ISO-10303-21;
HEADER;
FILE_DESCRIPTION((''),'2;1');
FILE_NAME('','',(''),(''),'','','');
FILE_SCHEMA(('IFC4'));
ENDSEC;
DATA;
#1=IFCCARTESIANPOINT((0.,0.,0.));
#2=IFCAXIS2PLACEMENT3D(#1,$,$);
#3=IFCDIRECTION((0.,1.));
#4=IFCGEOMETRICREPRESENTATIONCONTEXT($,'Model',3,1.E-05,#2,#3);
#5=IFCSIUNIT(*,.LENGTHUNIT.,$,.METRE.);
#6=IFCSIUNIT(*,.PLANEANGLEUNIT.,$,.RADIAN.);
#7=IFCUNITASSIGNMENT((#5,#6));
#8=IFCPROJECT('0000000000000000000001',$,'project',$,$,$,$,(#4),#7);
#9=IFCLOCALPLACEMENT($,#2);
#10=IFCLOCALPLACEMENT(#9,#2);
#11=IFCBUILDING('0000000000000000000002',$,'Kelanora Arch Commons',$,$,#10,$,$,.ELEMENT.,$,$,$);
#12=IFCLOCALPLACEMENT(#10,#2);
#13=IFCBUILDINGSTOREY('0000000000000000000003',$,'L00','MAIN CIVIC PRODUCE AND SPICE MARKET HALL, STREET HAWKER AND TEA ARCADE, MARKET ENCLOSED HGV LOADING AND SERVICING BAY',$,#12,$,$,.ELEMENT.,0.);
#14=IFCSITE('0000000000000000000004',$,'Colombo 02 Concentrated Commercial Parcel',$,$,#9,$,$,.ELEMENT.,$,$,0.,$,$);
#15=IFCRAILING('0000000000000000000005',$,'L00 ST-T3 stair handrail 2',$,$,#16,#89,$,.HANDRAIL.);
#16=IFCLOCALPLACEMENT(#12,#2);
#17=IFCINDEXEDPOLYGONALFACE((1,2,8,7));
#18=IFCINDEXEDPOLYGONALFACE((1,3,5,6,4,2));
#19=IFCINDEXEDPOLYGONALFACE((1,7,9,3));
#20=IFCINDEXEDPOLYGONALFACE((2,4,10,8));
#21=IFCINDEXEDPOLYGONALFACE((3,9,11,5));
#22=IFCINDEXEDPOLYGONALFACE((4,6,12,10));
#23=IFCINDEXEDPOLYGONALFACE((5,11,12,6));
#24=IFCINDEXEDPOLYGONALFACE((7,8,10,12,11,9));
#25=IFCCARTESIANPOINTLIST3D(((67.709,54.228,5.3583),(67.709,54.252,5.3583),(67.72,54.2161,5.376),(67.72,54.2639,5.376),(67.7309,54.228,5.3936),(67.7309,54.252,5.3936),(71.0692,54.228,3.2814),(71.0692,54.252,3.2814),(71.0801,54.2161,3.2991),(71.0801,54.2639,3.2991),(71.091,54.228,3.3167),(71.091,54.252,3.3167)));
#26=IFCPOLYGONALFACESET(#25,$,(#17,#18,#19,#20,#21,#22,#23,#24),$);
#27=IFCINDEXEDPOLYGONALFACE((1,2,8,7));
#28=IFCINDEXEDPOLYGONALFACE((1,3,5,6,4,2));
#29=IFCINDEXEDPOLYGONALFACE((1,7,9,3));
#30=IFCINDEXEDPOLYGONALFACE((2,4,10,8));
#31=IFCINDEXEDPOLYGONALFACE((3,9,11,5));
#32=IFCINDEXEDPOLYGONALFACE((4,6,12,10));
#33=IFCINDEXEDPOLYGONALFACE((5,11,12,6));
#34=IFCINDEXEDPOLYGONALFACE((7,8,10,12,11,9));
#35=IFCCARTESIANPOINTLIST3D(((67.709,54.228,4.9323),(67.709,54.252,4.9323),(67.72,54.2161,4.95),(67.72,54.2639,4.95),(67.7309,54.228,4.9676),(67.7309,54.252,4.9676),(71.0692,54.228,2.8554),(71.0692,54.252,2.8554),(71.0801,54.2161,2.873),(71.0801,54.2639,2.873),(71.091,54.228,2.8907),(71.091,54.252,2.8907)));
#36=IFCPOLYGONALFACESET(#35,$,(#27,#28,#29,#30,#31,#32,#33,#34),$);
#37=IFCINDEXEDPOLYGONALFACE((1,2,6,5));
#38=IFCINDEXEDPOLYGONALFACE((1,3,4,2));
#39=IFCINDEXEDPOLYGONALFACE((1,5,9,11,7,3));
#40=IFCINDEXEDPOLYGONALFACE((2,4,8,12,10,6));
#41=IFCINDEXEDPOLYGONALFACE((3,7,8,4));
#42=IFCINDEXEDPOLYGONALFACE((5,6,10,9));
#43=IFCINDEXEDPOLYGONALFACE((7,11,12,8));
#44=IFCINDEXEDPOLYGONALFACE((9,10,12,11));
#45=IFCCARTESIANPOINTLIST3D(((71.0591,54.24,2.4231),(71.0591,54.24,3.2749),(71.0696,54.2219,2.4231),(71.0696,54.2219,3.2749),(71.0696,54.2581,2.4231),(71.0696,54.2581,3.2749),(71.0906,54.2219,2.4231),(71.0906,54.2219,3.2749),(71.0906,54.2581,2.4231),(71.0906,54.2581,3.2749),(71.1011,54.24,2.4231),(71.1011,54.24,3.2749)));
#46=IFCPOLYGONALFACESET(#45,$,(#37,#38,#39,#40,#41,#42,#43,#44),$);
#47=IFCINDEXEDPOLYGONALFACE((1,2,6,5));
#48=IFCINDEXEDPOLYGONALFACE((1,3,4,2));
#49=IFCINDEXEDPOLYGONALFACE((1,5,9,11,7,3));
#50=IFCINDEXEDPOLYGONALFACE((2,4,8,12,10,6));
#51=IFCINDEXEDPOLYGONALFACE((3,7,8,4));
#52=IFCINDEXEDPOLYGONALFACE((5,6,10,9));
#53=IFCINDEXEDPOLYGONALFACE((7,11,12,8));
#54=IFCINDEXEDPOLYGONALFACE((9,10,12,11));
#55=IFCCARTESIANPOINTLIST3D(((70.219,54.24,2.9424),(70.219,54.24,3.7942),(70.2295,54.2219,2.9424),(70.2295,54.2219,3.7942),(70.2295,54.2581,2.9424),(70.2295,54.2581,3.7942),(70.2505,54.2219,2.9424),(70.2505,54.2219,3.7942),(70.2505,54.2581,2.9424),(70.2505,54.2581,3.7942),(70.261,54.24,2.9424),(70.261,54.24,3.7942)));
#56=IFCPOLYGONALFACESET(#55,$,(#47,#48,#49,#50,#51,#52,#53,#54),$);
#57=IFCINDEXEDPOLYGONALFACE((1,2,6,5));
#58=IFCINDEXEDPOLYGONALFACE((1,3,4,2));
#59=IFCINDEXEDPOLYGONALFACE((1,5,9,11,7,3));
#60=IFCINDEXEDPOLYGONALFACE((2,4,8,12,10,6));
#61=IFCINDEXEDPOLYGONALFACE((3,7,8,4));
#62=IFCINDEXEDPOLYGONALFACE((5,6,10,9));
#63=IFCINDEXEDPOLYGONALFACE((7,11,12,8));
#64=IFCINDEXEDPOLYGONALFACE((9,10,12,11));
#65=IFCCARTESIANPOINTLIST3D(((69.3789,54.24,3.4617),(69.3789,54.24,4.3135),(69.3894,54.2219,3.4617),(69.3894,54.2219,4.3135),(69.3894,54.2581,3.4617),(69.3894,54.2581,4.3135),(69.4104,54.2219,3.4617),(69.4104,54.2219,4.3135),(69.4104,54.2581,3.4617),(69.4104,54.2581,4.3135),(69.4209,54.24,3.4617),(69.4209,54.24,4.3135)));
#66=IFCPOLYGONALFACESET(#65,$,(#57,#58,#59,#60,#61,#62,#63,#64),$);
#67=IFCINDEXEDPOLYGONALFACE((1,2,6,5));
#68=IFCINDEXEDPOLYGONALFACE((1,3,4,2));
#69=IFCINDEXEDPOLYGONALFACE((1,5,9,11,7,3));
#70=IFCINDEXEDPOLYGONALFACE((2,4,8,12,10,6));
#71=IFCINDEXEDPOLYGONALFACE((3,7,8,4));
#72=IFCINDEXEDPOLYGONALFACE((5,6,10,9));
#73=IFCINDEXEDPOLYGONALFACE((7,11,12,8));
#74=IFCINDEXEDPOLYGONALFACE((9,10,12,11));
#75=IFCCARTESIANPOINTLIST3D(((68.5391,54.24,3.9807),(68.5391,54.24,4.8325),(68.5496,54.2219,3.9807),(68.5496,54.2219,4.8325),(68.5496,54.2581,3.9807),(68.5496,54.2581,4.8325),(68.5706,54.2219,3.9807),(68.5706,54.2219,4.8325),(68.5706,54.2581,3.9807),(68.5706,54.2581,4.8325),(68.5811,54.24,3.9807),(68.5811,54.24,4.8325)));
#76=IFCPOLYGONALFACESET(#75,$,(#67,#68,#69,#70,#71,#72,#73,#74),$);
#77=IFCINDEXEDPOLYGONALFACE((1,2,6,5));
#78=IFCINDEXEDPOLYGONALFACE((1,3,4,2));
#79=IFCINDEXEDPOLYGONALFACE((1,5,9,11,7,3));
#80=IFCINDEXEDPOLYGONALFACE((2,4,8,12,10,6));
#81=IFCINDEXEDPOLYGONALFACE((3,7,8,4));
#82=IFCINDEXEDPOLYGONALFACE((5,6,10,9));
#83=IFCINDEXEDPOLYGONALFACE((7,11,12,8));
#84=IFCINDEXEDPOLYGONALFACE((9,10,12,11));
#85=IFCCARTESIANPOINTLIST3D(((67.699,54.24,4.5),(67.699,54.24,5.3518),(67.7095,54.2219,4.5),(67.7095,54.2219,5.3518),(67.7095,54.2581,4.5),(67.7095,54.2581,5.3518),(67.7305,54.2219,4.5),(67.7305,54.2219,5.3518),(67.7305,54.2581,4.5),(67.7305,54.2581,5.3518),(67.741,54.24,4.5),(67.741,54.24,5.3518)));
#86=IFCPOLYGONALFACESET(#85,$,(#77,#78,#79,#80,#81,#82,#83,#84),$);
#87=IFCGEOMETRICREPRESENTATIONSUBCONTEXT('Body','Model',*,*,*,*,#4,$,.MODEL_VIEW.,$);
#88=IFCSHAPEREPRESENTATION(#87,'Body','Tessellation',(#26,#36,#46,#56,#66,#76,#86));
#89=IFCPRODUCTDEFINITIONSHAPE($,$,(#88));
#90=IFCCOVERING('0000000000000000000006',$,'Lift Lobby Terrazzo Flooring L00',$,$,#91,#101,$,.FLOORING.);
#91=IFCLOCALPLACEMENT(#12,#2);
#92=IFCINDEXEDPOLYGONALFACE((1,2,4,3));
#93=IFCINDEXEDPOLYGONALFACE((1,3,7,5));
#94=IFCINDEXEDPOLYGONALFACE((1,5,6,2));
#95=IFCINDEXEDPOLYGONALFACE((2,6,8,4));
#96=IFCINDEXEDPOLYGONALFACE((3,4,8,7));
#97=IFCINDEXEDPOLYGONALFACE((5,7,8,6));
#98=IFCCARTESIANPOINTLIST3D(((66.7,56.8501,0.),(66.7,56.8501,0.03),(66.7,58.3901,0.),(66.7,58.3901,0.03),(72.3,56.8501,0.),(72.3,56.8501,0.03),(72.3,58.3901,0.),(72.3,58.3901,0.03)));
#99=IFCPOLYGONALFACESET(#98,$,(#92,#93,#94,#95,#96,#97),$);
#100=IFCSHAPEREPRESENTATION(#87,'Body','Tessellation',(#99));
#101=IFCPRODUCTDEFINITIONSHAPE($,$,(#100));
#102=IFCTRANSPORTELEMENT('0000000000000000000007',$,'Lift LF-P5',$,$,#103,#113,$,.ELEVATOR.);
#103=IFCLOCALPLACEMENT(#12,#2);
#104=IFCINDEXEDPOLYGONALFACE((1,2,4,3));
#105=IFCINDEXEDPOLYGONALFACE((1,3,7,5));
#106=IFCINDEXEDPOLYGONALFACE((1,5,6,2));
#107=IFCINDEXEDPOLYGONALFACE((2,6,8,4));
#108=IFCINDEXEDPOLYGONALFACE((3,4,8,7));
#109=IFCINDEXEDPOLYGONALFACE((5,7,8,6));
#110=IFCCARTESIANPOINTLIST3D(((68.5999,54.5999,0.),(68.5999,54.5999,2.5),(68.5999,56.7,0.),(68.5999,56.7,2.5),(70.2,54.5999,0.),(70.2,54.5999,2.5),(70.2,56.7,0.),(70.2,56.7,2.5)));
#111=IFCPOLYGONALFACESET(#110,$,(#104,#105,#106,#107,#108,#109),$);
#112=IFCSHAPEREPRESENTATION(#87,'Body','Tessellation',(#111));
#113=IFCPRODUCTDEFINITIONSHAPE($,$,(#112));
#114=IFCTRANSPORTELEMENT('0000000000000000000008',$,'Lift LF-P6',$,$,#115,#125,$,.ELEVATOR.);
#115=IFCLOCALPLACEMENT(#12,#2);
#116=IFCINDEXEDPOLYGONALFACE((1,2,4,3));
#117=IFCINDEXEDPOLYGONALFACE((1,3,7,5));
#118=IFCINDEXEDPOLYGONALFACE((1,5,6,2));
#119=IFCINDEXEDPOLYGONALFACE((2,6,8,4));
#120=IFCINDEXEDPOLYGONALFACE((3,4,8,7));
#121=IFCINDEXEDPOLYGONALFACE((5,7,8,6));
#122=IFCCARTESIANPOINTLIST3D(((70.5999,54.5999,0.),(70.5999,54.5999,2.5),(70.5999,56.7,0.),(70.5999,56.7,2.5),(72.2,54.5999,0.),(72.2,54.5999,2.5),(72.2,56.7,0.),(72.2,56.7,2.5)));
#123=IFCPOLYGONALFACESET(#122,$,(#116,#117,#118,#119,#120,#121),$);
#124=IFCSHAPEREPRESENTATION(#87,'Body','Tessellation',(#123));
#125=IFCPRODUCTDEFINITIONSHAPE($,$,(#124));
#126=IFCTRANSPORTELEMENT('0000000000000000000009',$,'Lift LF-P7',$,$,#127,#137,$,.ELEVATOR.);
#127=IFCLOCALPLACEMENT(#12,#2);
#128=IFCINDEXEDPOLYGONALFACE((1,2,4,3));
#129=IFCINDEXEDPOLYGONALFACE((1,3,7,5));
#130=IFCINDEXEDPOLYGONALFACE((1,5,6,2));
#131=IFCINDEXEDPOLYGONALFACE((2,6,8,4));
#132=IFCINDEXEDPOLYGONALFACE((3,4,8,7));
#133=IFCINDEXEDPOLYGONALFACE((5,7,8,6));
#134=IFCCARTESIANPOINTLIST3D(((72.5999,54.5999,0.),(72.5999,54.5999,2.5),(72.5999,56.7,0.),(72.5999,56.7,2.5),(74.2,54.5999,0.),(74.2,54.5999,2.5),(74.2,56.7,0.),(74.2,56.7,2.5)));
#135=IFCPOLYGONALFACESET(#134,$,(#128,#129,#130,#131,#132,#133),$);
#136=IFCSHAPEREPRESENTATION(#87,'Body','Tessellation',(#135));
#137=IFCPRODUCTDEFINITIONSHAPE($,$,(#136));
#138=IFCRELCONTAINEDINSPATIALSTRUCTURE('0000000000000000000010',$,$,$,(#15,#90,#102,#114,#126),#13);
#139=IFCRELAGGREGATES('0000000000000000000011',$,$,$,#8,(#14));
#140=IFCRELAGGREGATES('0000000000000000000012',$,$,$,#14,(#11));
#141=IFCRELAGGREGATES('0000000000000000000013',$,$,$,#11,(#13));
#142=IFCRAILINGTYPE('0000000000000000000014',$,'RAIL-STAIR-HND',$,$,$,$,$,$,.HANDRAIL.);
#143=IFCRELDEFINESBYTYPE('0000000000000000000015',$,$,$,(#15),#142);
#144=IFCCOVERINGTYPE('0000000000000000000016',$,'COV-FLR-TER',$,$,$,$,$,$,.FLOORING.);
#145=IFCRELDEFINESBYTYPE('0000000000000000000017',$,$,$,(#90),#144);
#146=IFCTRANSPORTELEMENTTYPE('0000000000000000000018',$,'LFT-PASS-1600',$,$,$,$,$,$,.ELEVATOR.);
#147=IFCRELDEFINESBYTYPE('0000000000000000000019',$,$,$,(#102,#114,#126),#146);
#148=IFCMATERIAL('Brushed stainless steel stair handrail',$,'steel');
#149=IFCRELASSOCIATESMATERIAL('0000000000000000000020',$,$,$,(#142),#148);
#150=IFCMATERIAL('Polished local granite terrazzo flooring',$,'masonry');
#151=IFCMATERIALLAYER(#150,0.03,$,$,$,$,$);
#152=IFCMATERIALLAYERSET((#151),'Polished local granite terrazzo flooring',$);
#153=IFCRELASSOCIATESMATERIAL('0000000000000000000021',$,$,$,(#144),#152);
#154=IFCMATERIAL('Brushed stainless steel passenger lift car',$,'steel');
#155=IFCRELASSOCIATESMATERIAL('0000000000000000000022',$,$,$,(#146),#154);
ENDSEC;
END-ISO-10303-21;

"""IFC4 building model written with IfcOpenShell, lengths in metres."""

from ifc_helpers import new_model, si_unit, direction, frame, origin, origin_2d, place, context, subcontext, project, spatial, polyline, rectangle, outline, extrude, source, transform, mapped, material, layer, layer_set, type_object, element, save


model = new_model("IFC4")

# Units and contexts
model_context = context("Model", 3, precision=1e-05, world=origin(), true_north=direction((0.0, 1.0)))
body_context = subcontext(model_context, "Body", "Model", "MODEL_VIEW")
ifc_project = project(units=[si_unit("LENGTHUNIT", "METRE"), si_unit("PLANEANGLEUNIT", "RADIAN")], contexts=[model_context])

# Site, building, storey
site_placement = place(None, origin())
site = spatial("IfcSite", under=ifc_project, at=site_placement, Name="Colombo 02 Concentrated Commercial Parcel", CompositionType="ELEMENT", RefElevation=0.0)
building_placement = place(site_placement, origin())
building = spatial("IfcBuilding", under=site, at=building_placement, Name="Kelanora Arch Commons", CompositionType="ELEMENT")
storey_placement = place(building_placement, origin())
storey = spatial("IfcBuildingStorey", under=building, at=storey_placement, Name="L00", Description="MAIN CIVIC PRODUCE AND SPICE MARKET HALL, STREET HAWKER AND TEA ARCADE, MARKET ENCLOSED HGV LOADING AND SERVICING BAY", CompositionType="ELEMENT", Elevation=0.0)

# Railing
ifc_material_1 = material(Name="Brushed stainless steel stair handrail", Category="steel")
railing_type_1 = type_object("IfcRailingType", Name="RAIL-STAIR-HND", PredefinedType="HANDRAIL", material=ifc_material_1)
railing_1_placement = place(storey_placement, frame((71.0801, 54.24, 2.4231)))
element("IfcRailing", 1, at=railing_1_placement, inside=storey, type_object=railing_type_1, Name="L00 ST-T3 stair handrail 2", PredefinedType="HANDRAIL", context=body_context, shape_type="SweptSolid", body=[
    extrude(outline(polyline([(0.0239, 0.0), (0.012, 0.0208), (-0.012, 0.0208), (-0.0239, 0.0), (-0.012, -0.0208), (0.012, -0.0208), (0.0239, 0.0)])), frame((0.0, 0.0, 0.876), z_axis=(-0.850623, 0.0, 0.525776), x_axis=(0.0, -1.0, 0.0)), (0.0, 0.0, 1.0), 3.9502),
    extrude(outline(polyline([(0.0239, 0.0), (0.012, 0.0208), (-0.012, 0.0208), (-0.0239, 0.0), (-0.012, -0.0208), (0.012, -0.0208), (0.0239, 0.0)])), frame((0.0, 0.0, 0.45), z_axis=(-0.850623, 0.0, 0.525776), x_axis=(0.0, -1.0, 0.0)), (0.0, 0.0, 1.0), 3.9502),
    extrude(outline(polyline([(0.021, 0.0), (0.0105, 0.0181), (-0.0105, 0.0181), (-0.021, 0.0), (-0.0105, -0.0181), (0.0105, -0.0181), (0.021, 0.0)])), origin(), (0.0, 0.0, 1.0), 0.8518),
    extrude(outline(polyline([(0.021, 0.0), (0.0105, 0.0181), (-0.0105, 0.0181), (-0.021, 0.0), (-0.0105, -0.0181), (0.0105, -0.0181), (0.021, 0.0)])), frame((-0.8401, 0.0, 0.5193)), (0.0, 0.0, 1.0), 0.8518),
    extrude(outline(polyline([(0.021, 0.0), (0.0105, 0.0181), (-0.0105, 0.0181), (-0.021, 0.0), (-0.0105, -0.0181), (0.0105, -0.0181), (0.021, 0.0)])), frame((-1.6802, 0.0, 1.0386)), (0.0, 0.0, 1.0), 0.8518),
    extrude(outline(polyline([(0.021, 0.0), (0.0105, 0.0181), (-0.0105, 0.0181), (-0.021, 0.0), (-0.0105, -0.0181), (0.0105, -0.0181), (0.021, 0.0)])), frame((-2.52, 0.0, 1.5576)), (0.0, 0.0, 1.0), 0.8518),
    extrude(outline(polyline([(0.021, 0.0), (0.0105, 0.0181), (-0.0105, 0.0181), (-0.021, 0.0), (-0.0105, -0.0181), (0.0105, -0.0181), (0.021, 0.0)])), frame((-3.3601, 0.0, 2.0769)), (0.0, 0.0, 1.0), 0.8518),
])

# Covering
ifc_material_2 = material(Name="Polished local granite terrazzo flooring", Category="masonry")
ifc_layer_1 = layer(ifc_material_2, 0.03)
ifc_layer_set_1 = layer_set([ifc_layer_1], Name="Polished local granite terrazzo flooring")
covering_type = type_object("IfcCoveringType", Name="COV-FLR-TER", PredefinedType="FLOORING", material=ifc_layer_set_1)
shared_shape_1 = source(origin(), body_context, "Body", "SweptSolid", [
    extrude(rectangle(XDim=5.6001, YDim=1.54, at=origin_2d()), origin(), (0.0, 0.0, 1.0), 0.03),
])
covering_placement = place(storey_placement, frame((69.5, 57.6201, 0.0), z_axis=(0.0, 0.0, 1.0), x_axis=(1.0, 0.0, 0.0)))
element("IfcCovering", 2, at=covering_placement, inside=storey, type_object=covering_type, Name="Lift Lobby Terrazzo Flooring L00", PredefinedType="FLOORING", context=body_context, shape_type="MappedRepresentation", body=[
    mapped(shared_shape_1, transform((0.0, 0.0, 0.0), scale=1.0)),
])

# Transport elements
ifc_material_3 = material(Name="Brushed stainless steel passenger lift car", Category="steel")
transport_element_type = type_object("IfcTransportElementType", Name="LFT-PASS-1600", PredefinedType="ELEVATOR", material=ifc_material_3)
shared_shape_2 = source(origin(), body_context, "Body", "SweptSolid", [
    extrude(rectangle(XDim=1.6001, YDim=2.1001, at=origin_2d()), origin(), (0.0, 0.0, 1.0), 2.5),
])
for number, where, z_axis, x_axis, name in (
    (3, (69.3999, 55.6499, 0.0), (0.0, 0.0, 1.0), (1.0, 0.0, 0.0), "Lift LF-P5"),
    (4, (71.3999, 55.6499, 0.0), (0.0, 0.0, 1.0), (1.0, 0.0, 0.0), "Lift LF-P6"),
    (5, (73.3999, 55.6499, 0.0), (0.0, 0.0, 1.0), (1.0, 0.0, 0.0), "Lift LF-P7"),
):
    element("IfcTransportElement", number, at=place(storey_placement, frame(where, z_axis=z_axis, x_axis=x_axis)), inside=storey, type_object=transport_element_type, Name=name, PredefinedType="ELEVATOR", context=body_context, shape_type="MappedRepresentation", body=[
        mapped(shared_shape_2, transform((0.0, 0.0, 0.0), scale=1.0)),
    ])

save(model, "model.ifc")
